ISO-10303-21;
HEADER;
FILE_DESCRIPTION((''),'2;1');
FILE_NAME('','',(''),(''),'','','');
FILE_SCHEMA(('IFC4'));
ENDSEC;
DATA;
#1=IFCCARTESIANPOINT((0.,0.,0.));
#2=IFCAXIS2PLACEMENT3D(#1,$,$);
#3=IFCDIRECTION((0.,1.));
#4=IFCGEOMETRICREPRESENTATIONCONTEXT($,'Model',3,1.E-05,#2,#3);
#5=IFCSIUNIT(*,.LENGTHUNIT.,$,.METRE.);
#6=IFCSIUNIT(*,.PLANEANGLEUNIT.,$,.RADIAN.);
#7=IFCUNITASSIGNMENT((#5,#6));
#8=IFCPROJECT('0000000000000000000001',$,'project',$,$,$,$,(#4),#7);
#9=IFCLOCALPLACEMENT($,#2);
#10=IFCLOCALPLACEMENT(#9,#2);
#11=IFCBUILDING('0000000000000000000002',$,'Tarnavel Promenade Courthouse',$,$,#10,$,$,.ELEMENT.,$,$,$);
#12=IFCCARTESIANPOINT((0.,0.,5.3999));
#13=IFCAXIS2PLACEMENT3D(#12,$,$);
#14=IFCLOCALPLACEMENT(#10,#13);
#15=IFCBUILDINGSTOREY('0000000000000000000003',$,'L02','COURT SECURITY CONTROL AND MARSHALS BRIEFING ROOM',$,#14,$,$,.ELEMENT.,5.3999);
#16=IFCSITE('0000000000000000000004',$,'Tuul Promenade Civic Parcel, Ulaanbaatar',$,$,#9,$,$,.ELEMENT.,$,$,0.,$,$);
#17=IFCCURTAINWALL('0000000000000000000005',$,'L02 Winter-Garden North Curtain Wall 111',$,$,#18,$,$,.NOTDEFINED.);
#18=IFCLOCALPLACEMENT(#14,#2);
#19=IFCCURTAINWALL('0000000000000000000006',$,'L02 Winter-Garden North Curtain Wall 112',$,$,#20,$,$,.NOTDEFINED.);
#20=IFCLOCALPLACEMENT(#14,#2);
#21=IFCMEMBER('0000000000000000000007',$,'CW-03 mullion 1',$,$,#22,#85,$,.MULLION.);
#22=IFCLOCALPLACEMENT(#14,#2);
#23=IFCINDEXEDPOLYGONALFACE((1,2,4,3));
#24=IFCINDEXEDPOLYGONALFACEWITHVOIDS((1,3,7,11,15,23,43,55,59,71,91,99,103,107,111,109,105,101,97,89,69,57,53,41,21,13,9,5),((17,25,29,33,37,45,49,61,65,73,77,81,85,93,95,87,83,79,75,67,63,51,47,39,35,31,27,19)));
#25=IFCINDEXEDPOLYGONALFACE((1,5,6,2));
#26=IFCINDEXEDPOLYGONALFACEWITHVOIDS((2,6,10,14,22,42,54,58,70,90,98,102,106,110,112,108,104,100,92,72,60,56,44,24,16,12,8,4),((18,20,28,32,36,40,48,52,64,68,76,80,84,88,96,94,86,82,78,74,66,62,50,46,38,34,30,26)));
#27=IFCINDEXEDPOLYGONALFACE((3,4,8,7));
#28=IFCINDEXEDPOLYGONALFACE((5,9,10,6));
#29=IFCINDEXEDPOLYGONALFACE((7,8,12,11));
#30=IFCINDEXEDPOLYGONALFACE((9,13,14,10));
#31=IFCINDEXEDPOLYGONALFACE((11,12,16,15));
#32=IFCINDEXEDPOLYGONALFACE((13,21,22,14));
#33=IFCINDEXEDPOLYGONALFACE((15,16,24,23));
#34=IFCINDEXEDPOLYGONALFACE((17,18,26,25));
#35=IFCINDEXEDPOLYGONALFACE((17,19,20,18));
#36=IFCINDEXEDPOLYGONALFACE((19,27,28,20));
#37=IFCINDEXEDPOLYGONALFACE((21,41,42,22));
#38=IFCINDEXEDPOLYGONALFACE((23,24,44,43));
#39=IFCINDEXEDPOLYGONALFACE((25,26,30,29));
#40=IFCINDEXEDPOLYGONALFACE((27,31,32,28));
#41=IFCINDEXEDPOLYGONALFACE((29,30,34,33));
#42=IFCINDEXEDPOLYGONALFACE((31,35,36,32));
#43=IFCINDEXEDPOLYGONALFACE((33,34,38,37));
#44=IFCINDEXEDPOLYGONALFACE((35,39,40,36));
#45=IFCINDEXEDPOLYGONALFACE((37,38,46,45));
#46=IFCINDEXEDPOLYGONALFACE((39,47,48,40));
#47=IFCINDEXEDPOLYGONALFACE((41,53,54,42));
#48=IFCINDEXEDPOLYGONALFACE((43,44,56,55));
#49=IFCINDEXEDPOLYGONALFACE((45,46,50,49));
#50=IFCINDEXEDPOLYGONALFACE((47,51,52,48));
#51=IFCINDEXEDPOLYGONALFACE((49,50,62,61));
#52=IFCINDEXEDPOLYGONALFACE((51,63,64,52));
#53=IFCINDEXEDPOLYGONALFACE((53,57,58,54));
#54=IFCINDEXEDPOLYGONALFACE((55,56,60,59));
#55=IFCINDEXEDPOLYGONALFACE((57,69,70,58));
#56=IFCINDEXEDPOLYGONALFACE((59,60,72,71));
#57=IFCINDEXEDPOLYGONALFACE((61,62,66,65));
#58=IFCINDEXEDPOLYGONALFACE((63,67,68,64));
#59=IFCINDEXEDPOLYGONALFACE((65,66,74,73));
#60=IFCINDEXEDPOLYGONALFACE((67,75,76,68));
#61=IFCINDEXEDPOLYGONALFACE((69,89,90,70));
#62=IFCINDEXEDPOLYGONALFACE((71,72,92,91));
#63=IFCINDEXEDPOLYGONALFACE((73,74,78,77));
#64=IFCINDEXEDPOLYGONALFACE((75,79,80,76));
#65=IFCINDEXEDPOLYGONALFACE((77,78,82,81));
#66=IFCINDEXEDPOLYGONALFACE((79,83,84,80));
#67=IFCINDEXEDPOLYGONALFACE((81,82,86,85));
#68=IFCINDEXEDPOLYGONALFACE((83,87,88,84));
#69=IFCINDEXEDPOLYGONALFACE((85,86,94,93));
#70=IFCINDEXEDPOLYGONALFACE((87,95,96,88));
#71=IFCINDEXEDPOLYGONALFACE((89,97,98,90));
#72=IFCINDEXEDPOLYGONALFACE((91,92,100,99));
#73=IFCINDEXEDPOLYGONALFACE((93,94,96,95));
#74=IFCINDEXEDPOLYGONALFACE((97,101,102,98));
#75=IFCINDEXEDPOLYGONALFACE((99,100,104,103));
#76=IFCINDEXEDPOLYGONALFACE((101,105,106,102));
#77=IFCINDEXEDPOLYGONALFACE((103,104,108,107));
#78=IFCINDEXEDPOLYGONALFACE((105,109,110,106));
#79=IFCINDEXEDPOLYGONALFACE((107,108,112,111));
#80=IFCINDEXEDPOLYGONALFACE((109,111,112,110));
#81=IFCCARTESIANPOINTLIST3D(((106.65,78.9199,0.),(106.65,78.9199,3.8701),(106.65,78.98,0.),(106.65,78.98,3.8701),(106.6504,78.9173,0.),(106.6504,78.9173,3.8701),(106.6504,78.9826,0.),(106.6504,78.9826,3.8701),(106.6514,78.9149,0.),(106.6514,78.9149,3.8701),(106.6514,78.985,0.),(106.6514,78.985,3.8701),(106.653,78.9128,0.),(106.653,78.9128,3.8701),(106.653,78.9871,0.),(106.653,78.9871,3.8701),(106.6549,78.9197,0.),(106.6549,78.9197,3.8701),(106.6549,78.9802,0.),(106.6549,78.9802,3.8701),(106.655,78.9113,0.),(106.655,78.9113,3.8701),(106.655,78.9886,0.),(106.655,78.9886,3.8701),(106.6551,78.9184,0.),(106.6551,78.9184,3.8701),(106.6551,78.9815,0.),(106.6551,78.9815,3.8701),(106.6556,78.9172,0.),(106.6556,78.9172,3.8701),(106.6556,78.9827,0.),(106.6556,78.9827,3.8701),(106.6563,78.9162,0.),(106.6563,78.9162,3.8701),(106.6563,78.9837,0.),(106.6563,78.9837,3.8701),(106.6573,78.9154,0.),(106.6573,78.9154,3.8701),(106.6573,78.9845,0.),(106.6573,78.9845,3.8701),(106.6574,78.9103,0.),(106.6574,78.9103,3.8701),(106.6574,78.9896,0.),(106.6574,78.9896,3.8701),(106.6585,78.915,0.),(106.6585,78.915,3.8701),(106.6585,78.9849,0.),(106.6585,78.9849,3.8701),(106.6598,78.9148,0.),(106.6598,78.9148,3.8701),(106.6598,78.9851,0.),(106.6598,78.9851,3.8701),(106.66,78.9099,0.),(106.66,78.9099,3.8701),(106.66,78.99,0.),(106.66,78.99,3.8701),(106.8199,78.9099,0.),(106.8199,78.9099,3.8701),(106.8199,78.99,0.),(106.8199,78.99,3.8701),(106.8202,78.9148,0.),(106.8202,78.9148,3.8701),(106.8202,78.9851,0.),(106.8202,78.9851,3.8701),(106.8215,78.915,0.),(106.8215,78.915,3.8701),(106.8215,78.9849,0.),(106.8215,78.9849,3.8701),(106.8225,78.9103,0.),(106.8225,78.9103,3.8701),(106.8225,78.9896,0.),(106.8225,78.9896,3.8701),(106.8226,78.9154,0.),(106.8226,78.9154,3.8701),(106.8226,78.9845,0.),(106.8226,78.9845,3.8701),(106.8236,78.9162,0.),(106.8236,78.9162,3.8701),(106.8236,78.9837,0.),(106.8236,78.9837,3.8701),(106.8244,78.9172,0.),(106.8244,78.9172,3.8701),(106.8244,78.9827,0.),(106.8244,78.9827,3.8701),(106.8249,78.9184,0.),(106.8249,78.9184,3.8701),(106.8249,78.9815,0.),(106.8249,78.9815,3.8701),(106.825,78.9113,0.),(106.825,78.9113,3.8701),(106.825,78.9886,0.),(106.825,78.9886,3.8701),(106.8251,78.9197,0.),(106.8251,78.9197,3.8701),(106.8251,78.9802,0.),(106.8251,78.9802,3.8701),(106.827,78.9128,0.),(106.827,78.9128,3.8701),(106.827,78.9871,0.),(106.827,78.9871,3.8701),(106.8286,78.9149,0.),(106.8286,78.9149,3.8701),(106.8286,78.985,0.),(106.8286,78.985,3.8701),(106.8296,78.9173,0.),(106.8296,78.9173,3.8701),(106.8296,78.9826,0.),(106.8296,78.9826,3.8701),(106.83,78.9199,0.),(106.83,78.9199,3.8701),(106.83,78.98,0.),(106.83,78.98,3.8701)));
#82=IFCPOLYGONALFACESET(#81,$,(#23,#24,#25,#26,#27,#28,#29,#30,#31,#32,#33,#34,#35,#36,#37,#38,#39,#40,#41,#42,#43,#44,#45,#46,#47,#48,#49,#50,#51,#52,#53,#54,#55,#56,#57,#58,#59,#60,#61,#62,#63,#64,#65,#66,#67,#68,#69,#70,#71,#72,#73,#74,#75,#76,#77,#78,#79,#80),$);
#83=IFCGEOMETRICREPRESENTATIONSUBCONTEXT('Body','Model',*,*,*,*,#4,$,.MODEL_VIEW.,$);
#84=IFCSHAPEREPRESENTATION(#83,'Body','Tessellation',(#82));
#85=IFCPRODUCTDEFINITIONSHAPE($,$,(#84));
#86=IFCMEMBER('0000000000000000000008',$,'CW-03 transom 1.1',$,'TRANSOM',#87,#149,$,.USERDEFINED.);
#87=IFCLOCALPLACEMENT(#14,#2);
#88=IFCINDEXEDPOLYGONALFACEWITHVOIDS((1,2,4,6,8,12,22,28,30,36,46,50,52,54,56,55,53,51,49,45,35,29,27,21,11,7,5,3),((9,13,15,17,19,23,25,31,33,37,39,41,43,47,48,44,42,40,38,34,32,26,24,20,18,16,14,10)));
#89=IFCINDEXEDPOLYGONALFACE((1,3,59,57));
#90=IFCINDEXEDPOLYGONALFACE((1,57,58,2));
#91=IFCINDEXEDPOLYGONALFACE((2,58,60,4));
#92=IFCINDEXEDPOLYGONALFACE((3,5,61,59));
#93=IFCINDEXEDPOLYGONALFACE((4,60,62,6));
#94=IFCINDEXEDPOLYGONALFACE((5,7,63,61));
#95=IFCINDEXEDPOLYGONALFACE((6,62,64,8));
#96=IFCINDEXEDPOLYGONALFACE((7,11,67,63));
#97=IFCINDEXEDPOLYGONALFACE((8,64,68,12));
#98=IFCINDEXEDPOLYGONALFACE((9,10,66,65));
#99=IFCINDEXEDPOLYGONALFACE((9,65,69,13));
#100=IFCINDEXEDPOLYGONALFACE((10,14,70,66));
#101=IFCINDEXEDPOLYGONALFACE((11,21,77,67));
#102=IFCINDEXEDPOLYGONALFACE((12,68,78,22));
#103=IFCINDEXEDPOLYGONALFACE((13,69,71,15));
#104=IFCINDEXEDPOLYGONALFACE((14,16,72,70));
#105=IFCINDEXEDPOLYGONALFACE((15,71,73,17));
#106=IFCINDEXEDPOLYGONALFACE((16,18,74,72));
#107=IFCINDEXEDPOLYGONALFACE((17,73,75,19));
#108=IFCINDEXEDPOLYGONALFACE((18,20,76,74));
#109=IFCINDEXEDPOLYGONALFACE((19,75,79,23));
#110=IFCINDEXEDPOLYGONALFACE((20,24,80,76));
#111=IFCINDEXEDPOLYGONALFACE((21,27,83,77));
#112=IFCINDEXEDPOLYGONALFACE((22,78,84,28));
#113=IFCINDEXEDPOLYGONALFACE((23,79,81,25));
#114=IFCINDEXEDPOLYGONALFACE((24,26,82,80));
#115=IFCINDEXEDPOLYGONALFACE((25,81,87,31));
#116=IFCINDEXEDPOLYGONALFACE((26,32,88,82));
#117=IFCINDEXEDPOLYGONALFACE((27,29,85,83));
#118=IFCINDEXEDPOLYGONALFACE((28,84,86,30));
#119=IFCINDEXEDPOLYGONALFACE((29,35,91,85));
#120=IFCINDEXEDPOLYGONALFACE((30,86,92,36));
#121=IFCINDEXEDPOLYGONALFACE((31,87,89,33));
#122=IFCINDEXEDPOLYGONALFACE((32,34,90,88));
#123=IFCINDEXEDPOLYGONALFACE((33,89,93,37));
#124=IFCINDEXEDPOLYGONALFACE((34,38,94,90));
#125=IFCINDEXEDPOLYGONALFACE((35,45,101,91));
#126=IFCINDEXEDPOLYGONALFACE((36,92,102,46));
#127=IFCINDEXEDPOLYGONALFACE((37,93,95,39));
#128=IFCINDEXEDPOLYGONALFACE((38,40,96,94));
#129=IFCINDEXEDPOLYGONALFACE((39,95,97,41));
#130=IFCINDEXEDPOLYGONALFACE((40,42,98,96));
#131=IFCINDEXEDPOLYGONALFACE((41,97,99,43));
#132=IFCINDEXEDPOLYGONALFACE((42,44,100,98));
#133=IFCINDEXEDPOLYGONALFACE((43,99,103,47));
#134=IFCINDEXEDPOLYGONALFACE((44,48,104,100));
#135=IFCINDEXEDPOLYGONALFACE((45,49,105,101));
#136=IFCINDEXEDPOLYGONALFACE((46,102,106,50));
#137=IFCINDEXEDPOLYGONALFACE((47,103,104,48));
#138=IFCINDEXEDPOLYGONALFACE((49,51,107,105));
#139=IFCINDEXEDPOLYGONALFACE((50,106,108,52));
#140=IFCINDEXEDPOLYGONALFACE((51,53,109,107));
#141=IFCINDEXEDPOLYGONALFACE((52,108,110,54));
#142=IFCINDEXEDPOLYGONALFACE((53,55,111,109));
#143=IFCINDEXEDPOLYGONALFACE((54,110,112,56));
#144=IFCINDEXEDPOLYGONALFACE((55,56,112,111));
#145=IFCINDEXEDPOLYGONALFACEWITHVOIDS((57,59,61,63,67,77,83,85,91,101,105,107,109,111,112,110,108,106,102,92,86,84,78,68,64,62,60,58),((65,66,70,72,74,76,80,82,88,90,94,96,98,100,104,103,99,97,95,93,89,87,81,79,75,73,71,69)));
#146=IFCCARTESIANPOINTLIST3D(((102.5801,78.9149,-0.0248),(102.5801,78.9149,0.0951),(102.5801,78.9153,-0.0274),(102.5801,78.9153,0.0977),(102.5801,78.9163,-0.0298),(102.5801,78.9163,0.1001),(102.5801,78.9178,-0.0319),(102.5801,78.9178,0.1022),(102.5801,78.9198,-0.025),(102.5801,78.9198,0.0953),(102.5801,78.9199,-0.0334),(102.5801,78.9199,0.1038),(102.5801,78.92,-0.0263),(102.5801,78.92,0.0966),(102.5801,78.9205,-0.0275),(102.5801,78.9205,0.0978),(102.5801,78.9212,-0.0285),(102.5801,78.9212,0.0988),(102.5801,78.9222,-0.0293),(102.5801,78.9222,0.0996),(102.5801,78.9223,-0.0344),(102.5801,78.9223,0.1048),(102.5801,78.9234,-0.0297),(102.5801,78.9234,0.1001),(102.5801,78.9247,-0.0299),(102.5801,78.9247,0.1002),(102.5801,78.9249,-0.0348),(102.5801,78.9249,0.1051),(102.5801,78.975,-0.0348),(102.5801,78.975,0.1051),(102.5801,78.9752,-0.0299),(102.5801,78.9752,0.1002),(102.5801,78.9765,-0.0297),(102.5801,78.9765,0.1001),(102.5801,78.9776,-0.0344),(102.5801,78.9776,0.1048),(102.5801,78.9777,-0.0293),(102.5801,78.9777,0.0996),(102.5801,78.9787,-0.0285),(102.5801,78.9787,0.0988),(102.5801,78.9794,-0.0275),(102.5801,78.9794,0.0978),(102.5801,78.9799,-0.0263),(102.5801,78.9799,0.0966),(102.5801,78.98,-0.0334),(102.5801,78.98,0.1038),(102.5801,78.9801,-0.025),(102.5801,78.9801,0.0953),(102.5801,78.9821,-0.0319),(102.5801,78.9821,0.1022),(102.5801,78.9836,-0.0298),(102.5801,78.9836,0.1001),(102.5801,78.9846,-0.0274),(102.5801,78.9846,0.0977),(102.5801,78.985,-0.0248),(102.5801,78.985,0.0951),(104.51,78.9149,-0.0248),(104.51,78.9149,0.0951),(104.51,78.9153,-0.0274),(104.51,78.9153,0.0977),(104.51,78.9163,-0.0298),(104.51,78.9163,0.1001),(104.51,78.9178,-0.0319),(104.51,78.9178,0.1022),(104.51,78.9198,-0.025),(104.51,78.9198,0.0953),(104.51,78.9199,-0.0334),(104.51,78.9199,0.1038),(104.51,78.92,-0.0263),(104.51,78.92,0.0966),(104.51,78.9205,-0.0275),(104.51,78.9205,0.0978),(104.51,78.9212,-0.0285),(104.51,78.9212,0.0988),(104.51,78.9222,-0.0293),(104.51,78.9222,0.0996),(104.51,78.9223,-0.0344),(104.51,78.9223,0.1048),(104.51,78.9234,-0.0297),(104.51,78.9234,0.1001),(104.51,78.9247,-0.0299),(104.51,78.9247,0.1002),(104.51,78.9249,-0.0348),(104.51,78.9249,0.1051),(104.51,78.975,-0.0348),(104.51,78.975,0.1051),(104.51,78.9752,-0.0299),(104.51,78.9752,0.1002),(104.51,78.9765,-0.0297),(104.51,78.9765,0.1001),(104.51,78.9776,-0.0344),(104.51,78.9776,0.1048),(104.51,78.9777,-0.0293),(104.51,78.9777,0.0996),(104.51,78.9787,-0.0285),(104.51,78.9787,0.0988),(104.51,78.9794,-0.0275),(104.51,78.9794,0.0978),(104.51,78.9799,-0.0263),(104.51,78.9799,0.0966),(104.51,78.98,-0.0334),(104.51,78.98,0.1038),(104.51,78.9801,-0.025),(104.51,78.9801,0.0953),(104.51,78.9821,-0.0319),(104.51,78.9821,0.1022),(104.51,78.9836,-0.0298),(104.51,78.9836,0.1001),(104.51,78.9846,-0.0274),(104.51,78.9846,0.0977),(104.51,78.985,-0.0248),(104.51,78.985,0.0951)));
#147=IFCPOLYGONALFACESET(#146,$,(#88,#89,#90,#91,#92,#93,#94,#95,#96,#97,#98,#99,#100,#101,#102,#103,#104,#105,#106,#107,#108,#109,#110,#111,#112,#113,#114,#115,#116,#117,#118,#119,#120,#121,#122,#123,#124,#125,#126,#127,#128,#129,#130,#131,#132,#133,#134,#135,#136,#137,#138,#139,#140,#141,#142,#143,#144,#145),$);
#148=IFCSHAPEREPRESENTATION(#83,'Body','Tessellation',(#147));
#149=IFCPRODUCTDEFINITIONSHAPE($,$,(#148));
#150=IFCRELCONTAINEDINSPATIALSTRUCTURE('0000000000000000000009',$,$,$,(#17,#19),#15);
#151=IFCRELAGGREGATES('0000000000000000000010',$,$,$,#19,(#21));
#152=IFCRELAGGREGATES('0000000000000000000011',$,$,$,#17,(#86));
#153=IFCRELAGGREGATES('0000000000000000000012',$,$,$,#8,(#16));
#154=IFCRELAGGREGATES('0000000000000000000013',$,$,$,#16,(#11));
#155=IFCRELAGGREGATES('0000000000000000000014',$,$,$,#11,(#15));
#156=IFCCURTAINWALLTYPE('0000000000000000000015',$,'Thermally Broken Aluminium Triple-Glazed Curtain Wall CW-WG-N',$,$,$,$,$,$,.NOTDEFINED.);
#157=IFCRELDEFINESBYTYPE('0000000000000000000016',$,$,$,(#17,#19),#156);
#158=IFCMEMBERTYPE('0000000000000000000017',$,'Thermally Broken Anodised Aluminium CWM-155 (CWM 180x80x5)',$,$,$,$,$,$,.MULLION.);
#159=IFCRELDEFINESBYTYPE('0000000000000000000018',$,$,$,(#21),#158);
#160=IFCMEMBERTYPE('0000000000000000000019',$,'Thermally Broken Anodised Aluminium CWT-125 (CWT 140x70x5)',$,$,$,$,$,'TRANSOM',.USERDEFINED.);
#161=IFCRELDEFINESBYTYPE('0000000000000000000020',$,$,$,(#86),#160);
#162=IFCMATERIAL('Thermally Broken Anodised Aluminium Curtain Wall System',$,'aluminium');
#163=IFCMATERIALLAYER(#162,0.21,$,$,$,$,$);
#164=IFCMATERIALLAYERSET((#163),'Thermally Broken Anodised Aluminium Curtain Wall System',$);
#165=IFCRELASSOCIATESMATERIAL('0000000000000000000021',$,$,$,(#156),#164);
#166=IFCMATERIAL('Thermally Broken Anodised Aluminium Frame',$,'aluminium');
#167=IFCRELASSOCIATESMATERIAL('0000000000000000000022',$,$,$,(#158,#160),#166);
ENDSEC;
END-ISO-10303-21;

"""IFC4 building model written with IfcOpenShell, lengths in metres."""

from ifc_helpers import new_model, si_unit, direction, frame, origin, origin_2d, place, context, subcontext, project, spatial, hollow_rectangle, extrude, material, layer, layer_set, material_profile, profile_set, type_object, element, aggregate, save


model = new_model("IFC4")

# Units and contexts
model_context = context("Model", 3, precision=1e-05, world=origin(), true_north=direction((0.0, 1.0)))
body_context = subcontext(model_context, "Body", "Model", "MODEL_VIEW")
ifc_project = project(units=[si_unit("LENGTHUNIT", "METRE"), si_unit("PLANEANGLEUNIT", "RADIAN")], contexts=[model_context])

# Site, building, storey
site_placement = place(None, origin())
site = spatial("IfcSite", under=ifc_project, at=site_placement, Name="Tuul Promenade Civic Parcel, Ulaanbaatar", CompositionType="ELEMENT", RefElevation=0.0)
building_placement = place(site_placement, origin())
building = spatial("IfcBuilding", under=site, at=building_placement, Name="Tarnavel Promenade Courthouse", CompositionType="ELEMENT")
storey_placement = place(building_placement, frame((0.0, 0.0, 5.3999)))
storey = spatial("IfcBuildingStorey", under=building, at=storey_placement, Name="L02", Description="COURT SECURITY CONTROL AND MARSHALS BRIEFING ROOM", CompositionType="ELEMENT", Elevation=5.3999)

# Curtain wall
ifc_material_1 = material(Name="Thermally Broken Anodised Aluminium Curtain Wall System", Category="aluminium")
ifc_layer_1 = layer(ifc_material_1, 0.21)
ifc_layer_set_1 = layer_set([ifc_layer_1], Name="Thermally Broken Anodised Aluminium Curtain Wall System")
curtain_wall_type = type_object("IfcCurtainWallType", Name="Thermally Broken Aluminium Triple-Glazed Curtain Wall CW-WG-N", PredefinedType="NOTDEFINED", material=ifc_layer_set_1)
curtain_wall_1_placement = place(storey_placement, origin())
curtain_wall_1 = element("IfcCurtainWall", 1, at=curtain_wall_1_placement, inside=storey, type_object=curtain_wall_type, Name="L02 Winter-Garden North Curtain Wall 111", PredefinedType="NOTDEFINED")
ifc_material_2 = material(Name="Thermally Broken Anodised Aluminium Frame", Category="aluminium")
ifc_material_profile_1 = material_profile(ifc_material_2, hollow_rectangle(XDim=0.0801, YDim=0.1799, WallThickness=0.0049, InnerFilletRadius=0.0049, OuterFilletRadius=0.01, at=origin_2d()), Name="CWM 180x80x5")
ifc_profile_set_1 = profile_set([ifc_material_profile_1], Name="Thermally Broken Anodised Aluminium Frame")
member_type_1 = type_object("IfcMemberType", Name="Thermally Broken Anodised Aluminium CWM-155 (CWM 180x80x5)", PredefinedType="MULLION", material=ifc_profile_set_1)

# Curtain wall, member
curtain_wall_2_placement = place(storey_placement, origin())
curtain_wall_2 = element("IfcCurtainWall", 2, at=curtain_wall_2_placement, inside=storey, type_object=curtain_wall_type, Name="L02 Winter-Garden North Curtain Wall 112", PredefinedType="NOTDEFINED")
member_1_placement = place(storey_placement, frame((106.74, 78.95, 0.0), z_axis=(0.0, 0.0, 1.0), x_axis=(0.0, 1.0, 0.0)))
member_1 = element("IfcMember", 3, at=member_1_placement, type_object=member_type_1, Name="CW-03 mullion 1", PredefinedType="MULLION", context=body_context, shape_type="SweptSolid", body=[
    extrude(hollow_rectangle(XDim=0.0801, YDim=0.1799, WallThickness=0.0049, InnerFilletRadius=0.0049, OuterFilletRadius=0.01, at=origin_2d()), origin(), (0.0, 0.0, 1.0), 3.8701),
])

# Member
ifc_material_profile_2 = material_profile(ifc_material_2, hollow_rectangle(XDim=0.0701, YDim=0.1399, WallThickness=0.0049, InnerFilletRadius=0.0049, OuterFilletRadius=0.01, at=origin_2d()), Name="CWT 140x70x5")
ifc_profile_set_2 = profile_set([ifc_material_profile_2], Name="Thermally Broken Anodised Aluminium Frame")
member_type_2 = type_object("IfcMemberType", Name="Thermally Broken Anodised Aluminium CWT-125 (CWT 140x70x5)", ElementType="TRANSOM", PredefinedType="USERDEFINED", material=ifc_profile_set_2)
member_2_placement = place(storey_placement, frame((102.5801, 78.95, 0.0352), z_axis=(1.0, 0.0, 0.0), x_axis=(0.0, 1.0, 0.0)))
member_2 = element("IfcMember", 4, at=member_2_placement, type_object=member_type_2, Name="CW-03 transom 1.1", ObjectType="TRANSOM", PredefinedType="USERDEFINED", context=body_context, shape_type="SweptSolid", body=[
    extrude(hollow_rectangle(XDim=0.0701, YDim=0.1399, WallThickness=0.0049, InnerFilletRadius=0.0049, OuterFilletRadius=0.01, at=origin_2d()), origin(), (0.0, 0.0, 1.0), 1.9299),
])
aggregate(curtain_wall_2, [member_1])

aggregate(curtain_wall_1, [member_2])

save(model, "model.ifc")
